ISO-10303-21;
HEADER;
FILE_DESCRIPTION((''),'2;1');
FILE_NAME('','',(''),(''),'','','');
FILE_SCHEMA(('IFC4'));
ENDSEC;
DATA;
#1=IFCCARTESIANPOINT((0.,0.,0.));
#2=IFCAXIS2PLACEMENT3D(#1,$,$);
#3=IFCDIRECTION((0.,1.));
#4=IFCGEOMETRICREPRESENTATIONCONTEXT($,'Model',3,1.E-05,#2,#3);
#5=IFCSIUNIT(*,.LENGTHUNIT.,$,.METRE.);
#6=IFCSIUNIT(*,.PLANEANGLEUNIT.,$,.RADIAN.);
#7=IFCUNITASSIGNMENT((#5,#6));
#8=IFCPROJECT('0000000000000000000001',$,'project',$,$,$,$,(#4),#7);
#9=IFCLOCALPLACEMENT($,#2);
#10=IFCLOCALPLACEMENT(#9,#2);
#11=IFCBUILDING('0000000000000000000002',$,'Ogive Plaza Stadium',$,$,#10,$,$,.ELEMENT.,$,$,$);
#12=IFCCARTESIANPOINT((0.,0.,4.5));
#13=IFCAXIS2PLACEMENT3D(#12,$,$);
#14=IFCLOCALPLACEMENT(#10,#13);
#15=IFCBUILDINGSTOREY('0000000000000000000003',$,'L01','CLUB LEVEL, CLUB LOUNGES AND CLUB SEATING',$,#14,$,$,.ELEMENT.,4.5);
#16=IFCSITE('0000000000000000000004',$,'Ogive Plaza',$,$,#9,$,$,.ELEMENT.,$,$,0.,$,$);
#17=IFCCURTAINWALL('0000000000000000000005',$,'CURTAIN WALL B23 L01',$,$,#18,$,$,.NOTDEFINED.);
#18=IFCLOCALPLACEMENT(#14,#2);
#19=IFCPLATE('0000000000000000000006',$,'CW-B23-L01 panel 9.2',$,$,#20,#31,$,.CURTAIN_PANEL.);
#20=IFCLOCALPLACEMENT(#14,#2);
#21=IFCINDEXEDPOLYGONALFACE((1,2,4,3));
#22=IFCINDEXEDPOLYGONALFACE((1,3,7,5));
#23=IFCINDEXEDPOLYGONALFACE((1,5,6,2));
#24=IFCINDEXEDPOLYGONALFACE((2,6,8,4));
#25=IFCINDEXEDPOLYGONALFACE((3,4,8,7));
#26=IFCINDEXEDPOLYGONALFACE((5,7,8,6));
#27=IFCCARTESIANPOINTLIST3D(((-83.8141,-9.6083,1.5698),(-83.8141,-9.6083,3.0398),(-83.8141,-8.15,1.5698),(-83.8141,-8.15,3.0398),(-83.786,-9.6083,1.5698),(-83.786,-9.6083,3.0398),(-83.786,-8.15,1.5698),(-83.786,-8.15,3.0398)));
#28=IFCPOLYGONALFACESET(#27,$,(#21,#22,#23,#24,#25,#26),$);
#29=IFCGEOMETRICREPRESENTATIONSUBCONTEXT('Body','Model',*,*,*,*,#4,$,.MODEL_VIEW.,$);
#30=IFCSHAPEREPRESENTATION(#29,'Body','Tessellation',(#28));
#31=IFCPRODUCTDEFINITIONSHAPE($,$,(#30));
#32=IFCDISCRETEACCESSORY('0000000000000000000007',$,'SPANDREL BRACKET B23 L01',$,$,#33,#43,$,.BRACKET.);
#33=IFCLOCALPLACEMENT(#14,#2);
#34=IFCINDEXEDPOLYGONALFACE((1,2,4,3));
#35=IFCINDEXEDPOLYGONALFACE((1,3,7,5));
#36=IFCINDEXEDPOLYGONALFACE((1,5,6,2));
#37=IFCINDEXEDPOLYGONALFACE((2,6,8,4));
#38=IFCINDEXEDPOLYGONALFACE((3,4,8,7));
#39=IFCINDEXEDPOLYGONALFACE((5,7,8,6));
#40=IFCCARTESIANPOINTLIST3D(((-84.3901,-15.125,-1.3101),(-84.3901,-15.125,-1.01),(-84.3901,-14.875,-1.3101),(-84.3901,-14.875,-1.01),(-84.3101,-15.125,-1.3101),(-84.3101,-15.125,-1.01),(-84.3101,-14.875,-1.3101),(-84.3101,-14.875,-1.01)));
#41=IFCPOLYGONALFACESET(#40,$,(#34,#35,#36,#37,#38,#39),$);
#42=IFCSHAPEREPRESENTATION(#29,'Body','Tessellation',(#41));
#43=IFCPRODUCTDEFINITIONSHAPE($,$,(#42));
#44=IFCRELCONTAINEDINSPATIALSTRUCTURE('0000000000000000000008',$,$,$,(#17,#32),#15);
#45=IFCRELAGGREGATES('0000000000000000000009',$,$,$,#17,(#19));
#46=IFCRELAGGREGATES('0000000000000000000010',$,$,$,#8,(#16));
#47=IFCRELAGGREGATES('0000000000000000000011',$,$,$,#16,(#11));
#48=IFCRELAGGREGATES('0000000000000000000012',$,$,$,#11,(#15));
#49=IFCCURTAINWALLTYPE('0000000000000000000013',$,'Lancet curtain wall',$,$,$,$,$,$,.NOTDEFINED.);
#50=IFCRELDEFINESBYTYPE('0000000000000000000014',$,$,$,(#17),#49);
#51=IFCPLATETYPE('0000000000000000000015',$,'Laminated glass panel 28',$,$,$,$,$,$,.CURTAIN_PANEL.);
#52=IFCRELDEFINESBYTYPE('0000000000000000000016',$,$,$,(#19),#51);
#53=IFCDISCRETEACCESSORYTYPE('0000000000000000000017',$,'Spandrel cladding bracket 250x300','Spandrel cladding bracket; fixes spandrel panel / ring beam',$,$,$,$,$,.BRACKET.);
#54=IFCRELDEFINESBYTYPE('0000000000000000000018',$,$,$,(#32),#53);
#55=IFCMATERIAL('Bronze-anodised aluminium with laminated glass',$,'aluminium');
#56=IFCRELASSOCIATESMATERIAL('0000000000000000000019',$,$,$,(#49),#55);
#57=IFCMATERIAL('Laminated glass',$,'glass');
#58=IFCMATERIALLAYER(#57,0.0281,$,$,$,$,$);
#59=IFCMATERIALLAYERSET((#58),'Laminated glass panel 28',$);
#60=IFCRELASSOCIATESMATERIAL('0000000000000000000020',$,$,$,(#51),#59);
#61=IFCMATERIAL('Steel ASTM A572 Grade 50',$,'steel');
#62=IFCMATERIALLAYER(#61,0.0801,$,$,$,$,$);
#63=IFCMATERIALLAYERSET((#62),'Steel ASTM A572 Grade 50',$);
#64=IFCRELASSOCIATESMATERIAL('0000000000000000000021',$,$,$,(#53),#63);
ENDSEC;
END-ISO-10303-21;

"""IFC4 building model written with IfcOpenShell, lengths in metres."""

from ifc_helpers import new_model, si_unit, direction, frame, origin, origin_2d, place, context, subcontext, project, spatial, rectangle, extrude, material, layer, layer_set, type_object, element, aggregate, save


model = new_model("IFC4")

# Units and contexts
model_context = context("Model", 3, precision=1e-05, world=origin(), true_north=direction((0.0, 1.0)))
body_context = subcontext(model_context, "Body", "Model", "MODEL_VIEW")
ifc_project = project(units=[si_unit("LENGTHUNIT", "METRE"), si_unit("PLANEANGLEUNIT", "RADIAN")], contexts=[model_context])

# Site, building, storey
site_placement = place(None, origin())
site = spatial("IfcSite", under=ifc_project, at=site_placement, Name="Ogive Plaza", CompositionType="ELEMENT", RefElevation=0.0)
building_placement = place(site_placement, origin())
building = spatial("IfcBuilding", under=site, at=building_placement, Name="Ogive Plaza Stadium", CompositionType="ELEMENT")
storey_placement = place(building_placement, frame((0.0, 0.0, 4.5)))
storey = spatial("IfcBuildingStorey", under=building, at=storey_placement, Name="L01", Description="CLUB LEVEL, CLUB LOUNGES AND CLUB SEATING", CompositionType="ELEMENT", Elevation=4.5)

# Curtain wall, plate
ifc_material_1 = material(Name="Bronze-anodised aluminium with laminated glass", Category="aluminium")
curtain_wall_type = type_object("IfcCurtainWallType", Name="Lancet curtain wall", PredefinedType="NOTDEFINED", material=ifc_material_1)
curtain_wall_placement = place(storey_placement, origin())
curtain_wall = element("IfcCurtainWall", 1, at=curtain_wall_placement, inside=storey, type_object=curtain_wall_type, Name="CURTAIN WALL B23 L01", PredefinedType="NOTDEFINED")
ifc_material_2 = material(Name="Laminated glass", Category="glass")
ifc_layer_1 = layer(ifc_material_2, 0.0281)
ifc_layer_set_1 = layer_set([ifc_layer_1], Name="Laminated glass panel 28")
plate_type = type_object("IfcPlateType", Name="Laminated glass panel 28", PredefinedType="CURTAIN_PANEL", material=ifc_layer_set_1)
plate_1_placement = place(storey_placement, frame((-83.8, -8.8792, 1.5698), z_axis=(0.0, 0.0, 1.0), x_axis=(0.0, 1.0, 0.0)))
plate_1 = element("IfcPlate", 2, at=plate_1_placement, type_object=plate_type, Name="CW-B23-L01 panel 9.2", PredefinedType="CURTAIN_PANEL", context=body_context, shape_type="SweptSolid", body=[
    extrude(rectangle(XDim=1.4583, YDim=0.0281, at=origin_2d()), origin(), (0.0, 0.0, 1.0), 1.47),
])
aggregate(curtain_wall, [plate_1])

# Discrete accessory
ifc_material_3 = material(Name="Steel ASTM A572 Grade 50", Category="steel")
ifc_layer_2 = layer(ifc_material_3, 0.0801)
ifc_layer_set_2 = layer_set([ifc_layer_2], Name="Steel ASTM A572 Grade 50")
discrete_accessory_type = type_object("IfcDiscreteAccessoryType", Name="Spandrel cladding bracket 250x300", Description="Spandrel cladding bracket; fixes spandrel panel / ring beam", PredefinedType="BRACKET", material=ifc_layer_set_2)
discrete_accessory_placement = place(storey_placement, frame((-84.3501, -15.0, -1.3101), z_axis=(0.0, 0.0, 1.0), x_axis=(0.0, 1.0, 0.0)))
element("IfcDiscreteAccessory", 3, at=discrete_accessory_placement, inside=storey, type_object=discrete_accessory_type, Name="SPANDREL BRACKET B23 L01", PredefinedType="BRACKET", context=body_context, shape_type="SweptSolid", body=[
    extrude(rectangle(XDim=0.25, YDim=0.0801, at=origin_2d()), origin(), (0.0, 0.0, 1.0), 0.3),
])

save(model, "model.ifc")
